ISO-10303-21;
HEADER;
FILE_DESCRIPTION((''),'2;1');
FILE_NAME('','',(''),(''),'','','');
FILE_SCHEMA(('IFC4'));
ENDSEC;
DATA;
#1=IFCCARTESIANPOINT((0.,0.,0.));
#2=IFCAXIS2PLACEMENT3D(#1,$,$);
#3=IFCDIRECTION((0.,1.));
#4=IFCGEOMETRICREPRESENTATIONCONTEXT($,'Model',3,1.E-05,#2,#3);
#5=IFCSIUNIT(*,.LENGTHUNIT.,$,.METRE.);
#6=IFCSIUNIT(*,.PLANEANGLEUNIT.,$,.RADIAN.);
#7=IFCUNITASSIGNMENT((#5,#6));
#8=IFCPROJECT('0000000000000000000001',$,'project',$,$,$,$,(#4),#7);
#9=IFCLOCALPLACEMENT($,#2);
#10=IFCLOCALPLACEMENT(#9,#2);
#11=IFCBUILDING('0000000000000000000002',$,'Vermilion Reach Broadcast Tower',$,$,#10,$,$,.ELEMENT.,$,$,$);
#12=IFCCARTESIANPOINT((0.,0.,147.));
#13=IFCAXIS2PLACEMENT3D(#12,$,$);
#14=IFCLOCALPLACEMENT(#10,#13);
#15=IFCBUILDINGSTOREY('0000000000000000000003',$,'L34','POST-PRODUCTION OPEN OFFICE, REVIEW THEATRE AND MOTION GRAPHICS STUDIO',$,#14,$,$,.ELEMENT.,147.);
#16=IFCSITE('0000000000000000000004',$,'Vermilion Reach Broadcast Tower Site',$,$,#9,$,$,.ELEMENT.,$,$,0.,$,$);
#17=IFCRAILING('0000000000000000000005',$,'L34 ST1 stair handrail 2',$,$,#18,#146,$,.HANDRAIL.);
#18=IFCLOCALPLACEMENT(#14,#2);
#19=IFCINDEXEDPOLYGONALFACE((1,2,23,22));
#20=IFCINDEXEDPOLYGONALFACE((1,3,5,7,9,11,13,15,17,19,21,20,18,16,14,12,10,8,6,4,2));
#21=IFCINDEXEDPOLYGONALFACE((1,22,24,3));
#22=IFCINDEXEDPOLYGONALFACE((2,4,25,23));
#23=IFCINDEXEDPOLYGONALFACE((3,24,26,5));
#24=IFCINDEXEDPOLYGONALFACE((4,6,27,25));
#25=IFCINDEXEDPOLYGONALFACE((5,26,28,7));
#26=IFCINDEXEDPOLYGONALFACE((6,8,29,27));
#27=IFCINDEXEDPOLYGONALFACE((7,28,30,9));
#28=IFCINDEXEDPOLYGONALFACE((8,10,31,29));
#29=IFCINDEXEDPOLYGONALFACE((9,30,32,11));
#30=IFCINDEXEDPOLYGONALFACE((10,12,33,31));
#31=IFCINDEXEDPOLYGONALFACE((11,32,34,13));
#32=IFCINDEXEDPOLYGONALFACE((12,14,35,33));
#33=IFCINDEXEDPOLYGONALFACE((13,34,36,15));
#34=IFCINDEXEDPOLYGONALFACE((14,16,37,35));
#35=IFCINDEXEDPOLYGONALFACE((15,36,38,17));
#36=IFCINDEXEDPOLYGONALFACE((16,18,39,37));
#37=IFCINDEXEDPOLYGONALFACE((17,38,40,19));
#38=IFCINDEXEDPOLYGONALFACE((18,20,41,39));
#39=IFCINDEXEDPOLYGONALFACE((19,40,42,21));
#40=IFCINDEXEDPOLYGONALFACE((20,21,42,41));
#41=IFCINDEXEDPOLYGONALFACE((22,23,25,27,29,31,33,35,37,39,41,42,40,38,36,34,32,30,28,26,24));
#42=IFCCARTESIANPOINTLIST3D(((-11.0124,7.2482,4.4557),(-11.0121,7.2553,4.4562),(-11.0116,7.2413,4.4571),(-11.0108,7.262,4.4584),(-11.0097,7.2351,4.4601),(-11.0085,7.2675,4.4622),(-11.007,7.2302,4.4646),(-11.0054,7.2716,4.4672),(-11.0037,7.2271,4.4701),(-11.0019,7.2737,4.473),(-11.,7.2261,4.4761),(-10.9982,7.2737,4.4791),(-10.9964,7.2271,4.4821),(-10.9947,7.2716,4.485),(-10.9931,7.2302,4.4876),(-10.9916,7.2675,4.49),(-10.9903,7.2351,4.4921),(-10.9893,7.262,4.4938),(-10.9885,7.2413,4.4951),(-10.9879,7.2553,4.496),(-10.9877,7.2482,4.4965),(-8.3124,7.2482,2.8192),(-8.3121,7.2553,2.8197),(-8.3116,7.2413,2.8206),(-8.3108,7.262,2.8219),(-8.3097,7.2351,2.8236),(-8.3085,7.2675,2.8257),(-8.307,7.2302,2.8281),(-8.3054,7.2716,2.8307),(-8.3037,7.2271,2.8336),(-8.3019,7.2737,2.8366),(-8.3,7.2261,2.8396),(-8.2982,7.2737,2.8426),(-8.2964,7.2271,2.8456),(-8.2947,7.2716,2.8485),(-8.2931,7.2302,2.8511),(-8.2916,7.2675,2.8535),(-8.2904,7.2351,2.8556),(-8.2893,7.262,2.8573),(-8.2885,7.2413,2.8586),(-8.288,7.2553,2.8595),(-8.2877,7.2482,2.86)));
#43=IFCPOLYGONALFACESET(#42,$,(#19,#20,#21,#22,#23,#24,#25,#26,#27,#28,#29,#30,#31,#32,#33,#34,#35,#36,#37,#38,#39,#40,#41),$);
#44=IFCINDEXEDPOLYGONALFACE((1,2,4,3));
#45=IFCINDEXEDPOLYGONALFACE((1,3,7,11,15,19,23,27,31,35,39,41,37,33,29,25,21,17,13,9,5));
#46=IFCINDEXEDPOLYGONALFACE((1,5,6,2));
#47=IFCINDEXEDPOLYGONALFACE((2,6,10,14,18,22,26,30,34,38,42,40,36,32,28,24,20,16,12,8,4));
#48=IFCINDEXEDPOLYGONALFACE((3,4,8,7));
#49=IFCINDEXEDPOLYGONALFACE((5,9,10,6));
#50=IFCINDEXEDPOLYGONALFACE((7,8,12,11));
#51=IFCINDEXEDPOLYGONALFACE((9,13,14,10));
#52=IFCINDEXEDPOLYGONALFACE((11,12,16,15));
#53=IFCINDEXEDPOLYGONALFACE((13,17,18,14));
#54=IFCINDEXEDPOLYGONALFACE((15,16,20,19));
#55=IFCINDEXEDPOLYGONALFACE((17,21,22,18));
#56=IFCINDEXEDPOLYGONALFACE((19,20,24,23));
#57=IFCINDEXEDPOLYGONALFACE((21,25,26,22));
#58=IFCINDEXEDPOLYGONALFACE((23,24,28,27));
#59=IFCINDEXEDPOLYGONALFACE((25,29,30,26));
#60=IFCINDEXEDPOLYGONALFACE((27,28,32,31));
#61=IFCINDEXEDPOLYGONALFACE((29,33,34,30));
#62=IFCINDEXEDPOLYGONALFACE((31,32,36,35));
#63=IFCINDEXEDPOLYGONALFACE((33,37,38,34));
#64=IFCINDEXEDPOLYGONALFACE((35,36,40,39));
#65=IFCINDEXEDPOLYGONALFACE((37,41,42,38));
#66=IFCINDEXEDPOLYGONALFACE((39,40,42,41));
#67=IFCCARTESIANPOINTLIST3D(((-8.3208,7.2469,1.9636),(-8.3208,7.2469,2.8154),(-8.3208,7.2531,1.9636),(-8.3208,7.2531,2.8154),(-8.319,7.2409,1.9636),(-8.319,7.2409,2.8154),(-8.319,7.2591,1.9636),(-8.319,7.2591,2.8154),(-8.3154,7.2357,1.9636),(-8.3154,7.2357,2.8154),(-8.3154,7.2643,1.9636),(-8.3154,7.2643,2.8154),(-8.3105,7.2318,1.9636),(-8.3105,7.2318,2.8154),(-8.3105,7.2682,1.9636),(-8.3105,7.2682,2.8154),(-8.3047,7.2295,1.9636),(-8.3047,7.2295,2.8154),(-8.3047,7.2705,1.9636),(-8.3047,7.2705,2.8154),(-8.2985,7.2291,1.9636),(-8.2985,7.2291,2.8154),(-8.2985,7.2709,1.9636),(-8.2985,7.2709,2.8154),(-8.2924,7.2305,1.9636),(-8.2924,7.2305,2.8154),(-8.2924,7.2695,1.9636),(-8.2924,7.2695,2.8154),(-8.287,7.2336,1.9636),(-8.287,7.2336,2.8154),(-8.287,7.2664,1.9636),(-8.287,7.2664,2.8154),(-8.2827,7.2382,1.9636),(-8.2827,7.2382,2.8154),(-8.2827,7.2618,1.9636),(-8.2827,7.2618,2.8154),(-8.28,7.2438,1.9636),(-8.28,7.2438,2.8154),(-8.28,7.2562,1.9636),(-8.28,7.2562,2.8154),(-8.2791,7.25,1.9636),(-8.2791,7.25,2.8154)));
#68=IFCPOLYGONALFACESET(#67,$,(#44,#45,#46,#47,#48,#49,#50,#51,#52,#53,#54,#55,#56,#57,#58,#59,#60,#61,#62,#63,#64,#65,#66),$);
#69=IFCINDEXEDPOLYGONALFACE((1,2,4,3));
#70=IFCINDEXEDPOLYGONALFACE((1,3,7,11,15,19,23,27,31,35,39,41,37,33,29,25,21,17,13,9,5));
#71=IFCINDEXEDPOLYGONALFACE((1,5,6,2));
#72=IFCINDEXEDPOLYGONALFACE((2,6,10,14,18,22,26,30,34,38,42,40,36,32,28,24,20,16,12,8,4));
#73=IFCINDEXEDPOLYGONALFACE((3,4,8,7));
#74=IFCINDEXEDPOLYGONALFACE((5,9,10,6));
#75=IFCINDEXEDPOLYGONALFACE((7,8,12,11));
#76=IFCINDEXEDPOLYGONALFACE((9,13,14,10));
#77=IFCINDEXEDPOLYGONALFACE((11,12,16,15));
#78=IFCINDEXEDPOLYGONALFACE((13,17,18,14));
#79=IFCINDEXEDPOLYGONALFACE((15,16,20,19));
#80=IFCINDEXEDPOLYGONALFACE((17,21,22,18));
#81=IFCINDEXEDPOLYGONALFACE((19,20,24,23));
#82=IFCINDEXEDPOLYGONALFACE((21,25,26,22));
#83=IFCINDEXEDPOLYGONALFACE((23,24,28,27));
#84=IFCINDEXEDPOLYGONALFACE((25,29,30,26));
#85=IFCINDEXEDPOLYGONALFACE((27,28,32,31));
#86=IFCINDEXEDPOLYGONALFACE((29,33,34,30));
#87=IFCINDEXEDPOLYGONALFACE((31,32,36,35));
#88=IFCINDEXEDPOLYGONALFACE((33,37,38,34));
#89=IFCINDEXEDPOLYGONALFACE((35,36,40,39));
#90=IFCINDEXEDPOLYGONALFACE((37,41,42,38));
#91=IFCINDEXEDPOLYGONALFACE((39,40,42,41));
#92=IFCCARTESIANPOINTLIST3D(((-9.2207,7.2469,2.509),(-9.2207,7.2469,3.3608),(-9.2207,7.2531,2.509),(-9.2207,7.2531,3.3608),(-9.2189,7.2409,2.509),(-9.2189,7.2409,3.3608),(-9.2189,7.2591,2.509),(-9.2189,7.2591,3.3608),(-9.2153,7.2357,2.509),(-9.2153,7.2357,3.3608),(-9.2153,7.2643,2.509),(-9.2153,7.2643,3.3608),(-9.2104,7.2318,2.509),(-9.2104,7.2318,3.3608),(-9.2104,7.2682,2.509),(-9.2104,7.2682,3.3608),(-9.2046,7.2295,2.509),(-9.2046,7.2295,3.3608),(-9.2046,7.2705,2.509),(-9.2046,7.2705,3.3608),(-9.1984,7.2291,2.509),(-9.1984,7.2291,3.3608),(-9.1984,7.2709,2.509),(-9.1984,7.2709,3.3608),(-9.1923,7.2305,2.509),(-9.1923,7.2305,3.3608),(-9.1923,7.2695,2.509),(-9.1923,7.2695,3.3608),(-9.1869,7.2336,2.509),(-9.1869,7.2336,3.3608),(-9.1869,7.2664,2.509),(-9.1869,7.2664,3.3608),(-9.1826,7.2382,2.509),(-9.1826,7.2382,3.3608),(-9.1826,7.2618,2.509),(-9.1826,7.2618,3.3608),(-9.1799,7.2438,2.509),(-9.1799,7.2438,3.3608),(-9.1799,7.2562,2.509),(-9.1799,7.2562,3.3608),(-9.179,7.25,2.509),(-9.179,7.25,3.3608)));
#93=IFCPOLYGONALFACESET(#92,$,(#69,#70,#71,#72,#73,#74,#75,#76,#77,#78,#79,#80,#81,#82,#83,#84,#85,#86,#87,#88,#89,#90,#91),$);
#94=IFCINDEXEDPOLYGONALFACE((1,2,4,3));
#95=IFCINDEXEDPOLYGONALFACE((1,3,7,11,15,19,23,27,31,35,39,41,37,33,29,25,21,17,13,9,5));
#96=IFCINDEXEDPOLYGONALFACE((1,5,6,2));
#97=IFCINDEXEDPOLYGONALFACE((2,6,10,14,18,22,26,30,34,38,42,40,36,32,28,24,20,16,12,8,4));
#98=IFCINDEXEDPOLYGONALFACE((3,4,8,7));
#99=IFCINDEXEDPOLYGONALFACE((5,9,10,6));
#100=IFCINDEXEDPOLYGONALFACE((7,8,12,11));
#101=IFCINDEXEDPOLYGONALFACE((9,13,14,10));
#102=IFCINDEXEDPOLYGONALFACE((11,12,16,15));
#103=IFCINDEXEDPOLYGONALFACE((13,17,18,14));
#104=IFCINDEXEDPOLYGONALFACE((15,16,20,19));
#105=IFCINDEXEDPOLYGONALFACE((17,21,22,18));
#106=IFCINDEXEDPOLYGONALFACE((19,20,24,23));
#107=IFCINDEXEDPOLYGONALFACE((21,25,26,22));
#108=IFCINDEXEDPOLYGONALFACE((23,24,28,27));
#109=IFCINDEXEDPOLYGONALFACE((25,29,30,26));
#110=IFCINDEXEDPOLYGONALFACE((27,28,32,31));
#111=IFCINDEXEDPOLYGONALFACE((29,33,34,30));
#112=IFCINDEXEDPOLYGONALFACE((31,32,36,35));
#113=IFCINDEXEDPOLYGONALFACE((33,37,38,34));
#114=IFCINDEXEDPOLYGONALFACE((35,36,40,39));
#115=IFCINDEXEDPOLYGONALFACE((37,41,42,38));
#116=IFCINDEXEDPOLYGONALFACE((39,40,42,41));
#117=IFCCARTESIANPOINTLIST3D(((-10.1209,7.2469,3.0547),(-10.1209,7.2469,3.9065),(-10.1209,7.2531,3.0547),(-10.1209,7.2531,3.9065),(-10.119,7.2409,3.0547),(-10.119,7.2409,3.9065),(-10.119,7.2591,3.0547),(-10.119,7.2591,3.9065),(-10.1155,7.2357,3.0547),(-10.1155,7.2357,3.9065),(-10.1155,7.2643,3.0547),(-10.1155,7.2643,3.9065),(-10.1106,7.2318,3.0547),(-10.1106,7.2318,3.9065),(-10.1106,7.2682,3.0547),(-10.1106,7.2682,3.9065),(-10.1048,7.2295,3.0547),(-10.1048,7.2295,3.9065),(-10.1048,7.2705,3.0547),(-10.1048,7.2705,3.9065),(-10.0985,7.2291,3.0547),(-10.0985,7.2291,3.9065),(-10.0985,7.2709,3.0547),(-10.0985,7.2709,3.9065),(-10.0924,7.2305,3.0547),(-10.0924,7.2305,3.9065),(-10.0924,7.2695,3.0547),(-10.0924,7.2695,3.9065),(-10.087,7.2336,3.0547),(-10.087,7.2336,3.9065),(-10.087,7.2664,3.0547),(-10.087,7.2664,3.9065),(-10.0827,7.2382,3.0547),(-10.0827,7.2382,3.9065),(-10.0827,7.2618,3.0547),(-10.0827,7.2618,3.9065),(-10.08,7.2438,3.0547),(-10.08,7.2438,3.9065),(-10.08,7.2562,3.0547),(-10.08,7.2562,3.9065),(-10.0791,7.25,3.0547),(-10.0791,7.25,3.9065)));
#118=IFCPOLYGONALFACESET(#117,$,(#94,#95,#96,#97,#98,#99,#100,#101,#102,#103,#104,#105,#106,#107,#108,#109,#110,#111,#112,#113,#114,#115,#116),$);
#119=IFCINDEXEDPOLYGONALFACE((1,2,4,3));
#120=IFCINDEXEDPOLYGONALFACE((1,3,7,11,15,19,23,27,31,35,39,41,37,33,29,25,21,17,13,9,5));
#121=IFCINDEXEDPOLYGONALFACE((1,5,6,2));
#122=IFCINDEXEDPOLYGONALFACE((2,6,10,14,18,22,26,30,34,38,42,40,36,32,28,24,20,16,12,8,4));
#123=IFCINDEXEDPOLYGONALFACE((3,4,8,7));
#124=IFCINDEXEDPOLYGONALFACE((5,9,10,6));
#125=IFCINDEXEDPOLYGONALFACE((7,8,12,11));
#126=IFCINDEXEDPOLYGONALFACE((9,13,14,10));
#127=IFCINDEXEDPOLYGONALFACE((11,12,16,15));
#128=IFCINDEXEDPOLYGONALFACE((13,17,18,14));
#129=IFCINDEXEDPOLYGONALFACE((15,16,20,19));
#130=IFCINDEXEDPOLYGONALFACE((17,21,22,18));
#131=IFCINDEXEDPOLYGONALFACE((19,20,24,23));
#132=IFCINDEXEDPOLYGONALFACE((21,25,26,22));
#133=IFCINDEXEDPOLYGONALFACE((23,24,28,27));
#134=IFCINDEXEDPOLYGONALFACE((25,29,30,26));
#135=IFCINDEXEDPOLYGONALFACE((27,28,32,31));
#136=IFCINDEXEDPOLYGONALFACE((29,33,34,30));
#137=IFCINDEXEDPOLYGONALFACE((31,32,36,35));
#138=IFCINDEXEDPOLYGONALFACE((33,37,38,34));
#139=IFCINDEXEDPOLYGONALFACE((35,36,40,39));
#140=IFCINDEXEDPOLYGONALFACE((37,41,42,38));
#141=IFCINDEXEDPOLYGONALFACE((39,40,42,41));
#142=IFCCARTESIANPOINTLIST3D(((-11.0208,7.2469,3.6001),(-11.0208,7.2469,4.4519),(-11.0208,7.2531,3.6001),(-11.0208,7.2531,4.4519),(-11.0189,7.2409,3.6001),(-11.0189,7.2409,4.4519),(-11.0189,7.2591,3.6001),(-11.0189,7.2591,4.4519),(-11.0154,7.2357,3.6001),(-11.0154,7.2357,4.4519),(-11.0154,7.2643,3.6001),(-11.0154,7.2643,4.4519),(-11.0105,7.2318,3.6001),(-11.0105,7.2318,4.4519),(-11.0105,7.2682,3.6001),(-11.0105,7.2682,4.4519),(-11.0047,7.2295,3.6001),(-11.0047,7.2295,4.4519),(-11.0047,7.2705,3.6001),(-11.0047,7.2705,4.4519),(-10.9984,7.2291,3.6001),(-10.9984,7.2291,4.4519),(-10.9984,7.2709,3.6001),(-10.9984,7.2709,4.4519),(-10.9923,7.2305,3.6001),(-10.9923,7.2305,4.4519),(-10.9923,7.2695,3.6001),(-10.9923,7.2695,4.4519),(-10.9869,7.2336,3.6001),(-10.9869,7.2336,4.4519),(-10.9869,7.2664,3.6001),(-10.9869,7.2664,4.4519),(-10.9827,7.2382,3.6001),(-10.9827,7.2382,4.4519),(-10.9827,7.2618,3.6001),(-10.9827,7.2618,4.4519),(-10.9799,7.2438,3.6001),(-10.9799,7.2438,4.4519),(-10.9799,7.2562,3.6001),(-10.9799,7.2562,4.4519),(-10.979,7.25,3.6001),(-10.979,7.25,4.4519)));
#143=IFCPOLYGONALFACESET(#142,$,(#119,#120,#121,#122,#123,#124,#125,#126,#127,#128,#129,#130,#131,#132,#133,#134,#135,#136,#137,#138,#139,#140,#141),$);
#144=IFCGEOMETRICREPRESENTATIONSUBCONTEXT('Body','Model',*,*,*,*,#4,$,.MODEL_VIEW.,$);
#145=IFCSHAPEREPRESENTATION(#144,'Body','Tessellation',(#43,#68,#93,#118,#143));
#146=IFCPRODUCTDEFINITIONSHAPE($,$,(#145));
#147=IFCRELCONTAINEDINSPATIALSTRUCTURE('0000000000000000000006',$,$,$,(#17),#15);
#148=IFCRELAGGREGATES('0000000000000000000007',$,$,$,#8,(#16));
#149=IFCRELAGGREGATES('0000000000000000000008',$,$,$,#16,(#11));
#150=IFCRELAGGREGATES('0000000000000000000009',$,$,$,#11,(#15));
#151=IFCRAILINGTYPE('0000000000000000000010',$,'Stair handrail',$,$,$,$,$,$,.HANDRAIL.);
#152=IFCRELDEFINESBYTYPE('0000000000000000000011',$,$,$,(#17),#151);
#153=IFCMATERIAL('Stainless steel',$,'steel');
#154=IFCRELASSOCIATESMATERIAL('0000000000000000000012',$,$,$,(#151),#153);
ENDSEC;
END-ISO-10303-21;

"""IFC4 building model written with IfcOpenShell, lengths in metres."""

from ifc_helpers import new_model, si_unit, direction, frame, origin, origin_2d, place, context, subcontext, project, spatial, circle, extrude, material, type_object, element, save


model = new_model("IFC4")

# Units and contexts
model_context = context("Model", 3, precision=1e-05, world=origin(), true_north=direction((0.0, 1.0)))
body_context = subcontext(model_context, "Body", "Model", "MODEL_VIEW")
ifc_project = project(units=[si_unit("LENGTHUNIT", "METRE"), si_unit("PLANEANGLEUNIT", "RADIAN")], contexts=[model_context])

# Site, building, storey
site_placement = place(None, origin())
site = spatial("IfcSite", under=ifc_project, at=site_placement, Name="Vermilion Reach Broadcast Tower Site", CompositionType="ELEMENT", RefElevation=0.0)
building_placement = place(site_placement, origin())
building = spatial("IfcBuilding", under=site, at=building_placement, Name="Vermilion Reach Broadcast Tower", CompositionType="ELEMENT")
storey_placement = place(building_placement, frame((0.0, 0.0, 147.0)))
storey = spatial("IfcBuildingStorey", under=building, at=storey_placement, Name="L34", Description="POST-PRODUCTION OPEN OFFICE, REVIEW THEATRE AND MOTION GRAPHICS STUDIO", CompositionType="ELEMENT", Elevation=147.0)

# Railing
ifc_material_1 = material(Name="Stainless steel", Category="steel")
railing_type_1 = type_object("IfcRailingType", Name="Stair handrail", PredefinedType="HANDRAIL", material=ifc_material_1)
railing_1_placement = place(storey_placement, frame((-8.3, 7.25, 1.9636)))
element("IfcRailing", 1, at=railing_1_placement, inside=storey, type_object=railing_type_1, Name="L34 ST1 stair handrail 2", PredefinedType="HANDRAIL", context=body_context, shape_type="SweptSolid", body=[
    extrude(circle(Radius=0.0239, at=origin_2d()), frame((0.0, 0.0, 0.876), z_axis=(-0.855178, 0.0, 0.518334), x_axis=(0.0, -1.0, 0.0)), (0.0, 0.0, 1.0), 3.1572),
    extrude(circle(Radius=0.021, at=origin_2d()), origin(), (0.0, 0.0, 1.0), 0.8518),
    extrude(circle(Radius=0.021, at=origin_2d()), frame((-0.8999, 0.0, 0.5454)), (0.0, 0.0, 1.0), 0.8518),
    extrude(circle(Radius=0.021, at=origin_2d()), frame((-1.8, 0.0, 1.0911)), (0.0, 0.0, 1.0), 0.8518),
    extrude(circle(Radius=0.021, at=origin_2d()), frame((-2.7, 0.0, 1.6365)), (0.0, 0.0, 1.0), 0.8518),
])

save(model, "model.ifc")
